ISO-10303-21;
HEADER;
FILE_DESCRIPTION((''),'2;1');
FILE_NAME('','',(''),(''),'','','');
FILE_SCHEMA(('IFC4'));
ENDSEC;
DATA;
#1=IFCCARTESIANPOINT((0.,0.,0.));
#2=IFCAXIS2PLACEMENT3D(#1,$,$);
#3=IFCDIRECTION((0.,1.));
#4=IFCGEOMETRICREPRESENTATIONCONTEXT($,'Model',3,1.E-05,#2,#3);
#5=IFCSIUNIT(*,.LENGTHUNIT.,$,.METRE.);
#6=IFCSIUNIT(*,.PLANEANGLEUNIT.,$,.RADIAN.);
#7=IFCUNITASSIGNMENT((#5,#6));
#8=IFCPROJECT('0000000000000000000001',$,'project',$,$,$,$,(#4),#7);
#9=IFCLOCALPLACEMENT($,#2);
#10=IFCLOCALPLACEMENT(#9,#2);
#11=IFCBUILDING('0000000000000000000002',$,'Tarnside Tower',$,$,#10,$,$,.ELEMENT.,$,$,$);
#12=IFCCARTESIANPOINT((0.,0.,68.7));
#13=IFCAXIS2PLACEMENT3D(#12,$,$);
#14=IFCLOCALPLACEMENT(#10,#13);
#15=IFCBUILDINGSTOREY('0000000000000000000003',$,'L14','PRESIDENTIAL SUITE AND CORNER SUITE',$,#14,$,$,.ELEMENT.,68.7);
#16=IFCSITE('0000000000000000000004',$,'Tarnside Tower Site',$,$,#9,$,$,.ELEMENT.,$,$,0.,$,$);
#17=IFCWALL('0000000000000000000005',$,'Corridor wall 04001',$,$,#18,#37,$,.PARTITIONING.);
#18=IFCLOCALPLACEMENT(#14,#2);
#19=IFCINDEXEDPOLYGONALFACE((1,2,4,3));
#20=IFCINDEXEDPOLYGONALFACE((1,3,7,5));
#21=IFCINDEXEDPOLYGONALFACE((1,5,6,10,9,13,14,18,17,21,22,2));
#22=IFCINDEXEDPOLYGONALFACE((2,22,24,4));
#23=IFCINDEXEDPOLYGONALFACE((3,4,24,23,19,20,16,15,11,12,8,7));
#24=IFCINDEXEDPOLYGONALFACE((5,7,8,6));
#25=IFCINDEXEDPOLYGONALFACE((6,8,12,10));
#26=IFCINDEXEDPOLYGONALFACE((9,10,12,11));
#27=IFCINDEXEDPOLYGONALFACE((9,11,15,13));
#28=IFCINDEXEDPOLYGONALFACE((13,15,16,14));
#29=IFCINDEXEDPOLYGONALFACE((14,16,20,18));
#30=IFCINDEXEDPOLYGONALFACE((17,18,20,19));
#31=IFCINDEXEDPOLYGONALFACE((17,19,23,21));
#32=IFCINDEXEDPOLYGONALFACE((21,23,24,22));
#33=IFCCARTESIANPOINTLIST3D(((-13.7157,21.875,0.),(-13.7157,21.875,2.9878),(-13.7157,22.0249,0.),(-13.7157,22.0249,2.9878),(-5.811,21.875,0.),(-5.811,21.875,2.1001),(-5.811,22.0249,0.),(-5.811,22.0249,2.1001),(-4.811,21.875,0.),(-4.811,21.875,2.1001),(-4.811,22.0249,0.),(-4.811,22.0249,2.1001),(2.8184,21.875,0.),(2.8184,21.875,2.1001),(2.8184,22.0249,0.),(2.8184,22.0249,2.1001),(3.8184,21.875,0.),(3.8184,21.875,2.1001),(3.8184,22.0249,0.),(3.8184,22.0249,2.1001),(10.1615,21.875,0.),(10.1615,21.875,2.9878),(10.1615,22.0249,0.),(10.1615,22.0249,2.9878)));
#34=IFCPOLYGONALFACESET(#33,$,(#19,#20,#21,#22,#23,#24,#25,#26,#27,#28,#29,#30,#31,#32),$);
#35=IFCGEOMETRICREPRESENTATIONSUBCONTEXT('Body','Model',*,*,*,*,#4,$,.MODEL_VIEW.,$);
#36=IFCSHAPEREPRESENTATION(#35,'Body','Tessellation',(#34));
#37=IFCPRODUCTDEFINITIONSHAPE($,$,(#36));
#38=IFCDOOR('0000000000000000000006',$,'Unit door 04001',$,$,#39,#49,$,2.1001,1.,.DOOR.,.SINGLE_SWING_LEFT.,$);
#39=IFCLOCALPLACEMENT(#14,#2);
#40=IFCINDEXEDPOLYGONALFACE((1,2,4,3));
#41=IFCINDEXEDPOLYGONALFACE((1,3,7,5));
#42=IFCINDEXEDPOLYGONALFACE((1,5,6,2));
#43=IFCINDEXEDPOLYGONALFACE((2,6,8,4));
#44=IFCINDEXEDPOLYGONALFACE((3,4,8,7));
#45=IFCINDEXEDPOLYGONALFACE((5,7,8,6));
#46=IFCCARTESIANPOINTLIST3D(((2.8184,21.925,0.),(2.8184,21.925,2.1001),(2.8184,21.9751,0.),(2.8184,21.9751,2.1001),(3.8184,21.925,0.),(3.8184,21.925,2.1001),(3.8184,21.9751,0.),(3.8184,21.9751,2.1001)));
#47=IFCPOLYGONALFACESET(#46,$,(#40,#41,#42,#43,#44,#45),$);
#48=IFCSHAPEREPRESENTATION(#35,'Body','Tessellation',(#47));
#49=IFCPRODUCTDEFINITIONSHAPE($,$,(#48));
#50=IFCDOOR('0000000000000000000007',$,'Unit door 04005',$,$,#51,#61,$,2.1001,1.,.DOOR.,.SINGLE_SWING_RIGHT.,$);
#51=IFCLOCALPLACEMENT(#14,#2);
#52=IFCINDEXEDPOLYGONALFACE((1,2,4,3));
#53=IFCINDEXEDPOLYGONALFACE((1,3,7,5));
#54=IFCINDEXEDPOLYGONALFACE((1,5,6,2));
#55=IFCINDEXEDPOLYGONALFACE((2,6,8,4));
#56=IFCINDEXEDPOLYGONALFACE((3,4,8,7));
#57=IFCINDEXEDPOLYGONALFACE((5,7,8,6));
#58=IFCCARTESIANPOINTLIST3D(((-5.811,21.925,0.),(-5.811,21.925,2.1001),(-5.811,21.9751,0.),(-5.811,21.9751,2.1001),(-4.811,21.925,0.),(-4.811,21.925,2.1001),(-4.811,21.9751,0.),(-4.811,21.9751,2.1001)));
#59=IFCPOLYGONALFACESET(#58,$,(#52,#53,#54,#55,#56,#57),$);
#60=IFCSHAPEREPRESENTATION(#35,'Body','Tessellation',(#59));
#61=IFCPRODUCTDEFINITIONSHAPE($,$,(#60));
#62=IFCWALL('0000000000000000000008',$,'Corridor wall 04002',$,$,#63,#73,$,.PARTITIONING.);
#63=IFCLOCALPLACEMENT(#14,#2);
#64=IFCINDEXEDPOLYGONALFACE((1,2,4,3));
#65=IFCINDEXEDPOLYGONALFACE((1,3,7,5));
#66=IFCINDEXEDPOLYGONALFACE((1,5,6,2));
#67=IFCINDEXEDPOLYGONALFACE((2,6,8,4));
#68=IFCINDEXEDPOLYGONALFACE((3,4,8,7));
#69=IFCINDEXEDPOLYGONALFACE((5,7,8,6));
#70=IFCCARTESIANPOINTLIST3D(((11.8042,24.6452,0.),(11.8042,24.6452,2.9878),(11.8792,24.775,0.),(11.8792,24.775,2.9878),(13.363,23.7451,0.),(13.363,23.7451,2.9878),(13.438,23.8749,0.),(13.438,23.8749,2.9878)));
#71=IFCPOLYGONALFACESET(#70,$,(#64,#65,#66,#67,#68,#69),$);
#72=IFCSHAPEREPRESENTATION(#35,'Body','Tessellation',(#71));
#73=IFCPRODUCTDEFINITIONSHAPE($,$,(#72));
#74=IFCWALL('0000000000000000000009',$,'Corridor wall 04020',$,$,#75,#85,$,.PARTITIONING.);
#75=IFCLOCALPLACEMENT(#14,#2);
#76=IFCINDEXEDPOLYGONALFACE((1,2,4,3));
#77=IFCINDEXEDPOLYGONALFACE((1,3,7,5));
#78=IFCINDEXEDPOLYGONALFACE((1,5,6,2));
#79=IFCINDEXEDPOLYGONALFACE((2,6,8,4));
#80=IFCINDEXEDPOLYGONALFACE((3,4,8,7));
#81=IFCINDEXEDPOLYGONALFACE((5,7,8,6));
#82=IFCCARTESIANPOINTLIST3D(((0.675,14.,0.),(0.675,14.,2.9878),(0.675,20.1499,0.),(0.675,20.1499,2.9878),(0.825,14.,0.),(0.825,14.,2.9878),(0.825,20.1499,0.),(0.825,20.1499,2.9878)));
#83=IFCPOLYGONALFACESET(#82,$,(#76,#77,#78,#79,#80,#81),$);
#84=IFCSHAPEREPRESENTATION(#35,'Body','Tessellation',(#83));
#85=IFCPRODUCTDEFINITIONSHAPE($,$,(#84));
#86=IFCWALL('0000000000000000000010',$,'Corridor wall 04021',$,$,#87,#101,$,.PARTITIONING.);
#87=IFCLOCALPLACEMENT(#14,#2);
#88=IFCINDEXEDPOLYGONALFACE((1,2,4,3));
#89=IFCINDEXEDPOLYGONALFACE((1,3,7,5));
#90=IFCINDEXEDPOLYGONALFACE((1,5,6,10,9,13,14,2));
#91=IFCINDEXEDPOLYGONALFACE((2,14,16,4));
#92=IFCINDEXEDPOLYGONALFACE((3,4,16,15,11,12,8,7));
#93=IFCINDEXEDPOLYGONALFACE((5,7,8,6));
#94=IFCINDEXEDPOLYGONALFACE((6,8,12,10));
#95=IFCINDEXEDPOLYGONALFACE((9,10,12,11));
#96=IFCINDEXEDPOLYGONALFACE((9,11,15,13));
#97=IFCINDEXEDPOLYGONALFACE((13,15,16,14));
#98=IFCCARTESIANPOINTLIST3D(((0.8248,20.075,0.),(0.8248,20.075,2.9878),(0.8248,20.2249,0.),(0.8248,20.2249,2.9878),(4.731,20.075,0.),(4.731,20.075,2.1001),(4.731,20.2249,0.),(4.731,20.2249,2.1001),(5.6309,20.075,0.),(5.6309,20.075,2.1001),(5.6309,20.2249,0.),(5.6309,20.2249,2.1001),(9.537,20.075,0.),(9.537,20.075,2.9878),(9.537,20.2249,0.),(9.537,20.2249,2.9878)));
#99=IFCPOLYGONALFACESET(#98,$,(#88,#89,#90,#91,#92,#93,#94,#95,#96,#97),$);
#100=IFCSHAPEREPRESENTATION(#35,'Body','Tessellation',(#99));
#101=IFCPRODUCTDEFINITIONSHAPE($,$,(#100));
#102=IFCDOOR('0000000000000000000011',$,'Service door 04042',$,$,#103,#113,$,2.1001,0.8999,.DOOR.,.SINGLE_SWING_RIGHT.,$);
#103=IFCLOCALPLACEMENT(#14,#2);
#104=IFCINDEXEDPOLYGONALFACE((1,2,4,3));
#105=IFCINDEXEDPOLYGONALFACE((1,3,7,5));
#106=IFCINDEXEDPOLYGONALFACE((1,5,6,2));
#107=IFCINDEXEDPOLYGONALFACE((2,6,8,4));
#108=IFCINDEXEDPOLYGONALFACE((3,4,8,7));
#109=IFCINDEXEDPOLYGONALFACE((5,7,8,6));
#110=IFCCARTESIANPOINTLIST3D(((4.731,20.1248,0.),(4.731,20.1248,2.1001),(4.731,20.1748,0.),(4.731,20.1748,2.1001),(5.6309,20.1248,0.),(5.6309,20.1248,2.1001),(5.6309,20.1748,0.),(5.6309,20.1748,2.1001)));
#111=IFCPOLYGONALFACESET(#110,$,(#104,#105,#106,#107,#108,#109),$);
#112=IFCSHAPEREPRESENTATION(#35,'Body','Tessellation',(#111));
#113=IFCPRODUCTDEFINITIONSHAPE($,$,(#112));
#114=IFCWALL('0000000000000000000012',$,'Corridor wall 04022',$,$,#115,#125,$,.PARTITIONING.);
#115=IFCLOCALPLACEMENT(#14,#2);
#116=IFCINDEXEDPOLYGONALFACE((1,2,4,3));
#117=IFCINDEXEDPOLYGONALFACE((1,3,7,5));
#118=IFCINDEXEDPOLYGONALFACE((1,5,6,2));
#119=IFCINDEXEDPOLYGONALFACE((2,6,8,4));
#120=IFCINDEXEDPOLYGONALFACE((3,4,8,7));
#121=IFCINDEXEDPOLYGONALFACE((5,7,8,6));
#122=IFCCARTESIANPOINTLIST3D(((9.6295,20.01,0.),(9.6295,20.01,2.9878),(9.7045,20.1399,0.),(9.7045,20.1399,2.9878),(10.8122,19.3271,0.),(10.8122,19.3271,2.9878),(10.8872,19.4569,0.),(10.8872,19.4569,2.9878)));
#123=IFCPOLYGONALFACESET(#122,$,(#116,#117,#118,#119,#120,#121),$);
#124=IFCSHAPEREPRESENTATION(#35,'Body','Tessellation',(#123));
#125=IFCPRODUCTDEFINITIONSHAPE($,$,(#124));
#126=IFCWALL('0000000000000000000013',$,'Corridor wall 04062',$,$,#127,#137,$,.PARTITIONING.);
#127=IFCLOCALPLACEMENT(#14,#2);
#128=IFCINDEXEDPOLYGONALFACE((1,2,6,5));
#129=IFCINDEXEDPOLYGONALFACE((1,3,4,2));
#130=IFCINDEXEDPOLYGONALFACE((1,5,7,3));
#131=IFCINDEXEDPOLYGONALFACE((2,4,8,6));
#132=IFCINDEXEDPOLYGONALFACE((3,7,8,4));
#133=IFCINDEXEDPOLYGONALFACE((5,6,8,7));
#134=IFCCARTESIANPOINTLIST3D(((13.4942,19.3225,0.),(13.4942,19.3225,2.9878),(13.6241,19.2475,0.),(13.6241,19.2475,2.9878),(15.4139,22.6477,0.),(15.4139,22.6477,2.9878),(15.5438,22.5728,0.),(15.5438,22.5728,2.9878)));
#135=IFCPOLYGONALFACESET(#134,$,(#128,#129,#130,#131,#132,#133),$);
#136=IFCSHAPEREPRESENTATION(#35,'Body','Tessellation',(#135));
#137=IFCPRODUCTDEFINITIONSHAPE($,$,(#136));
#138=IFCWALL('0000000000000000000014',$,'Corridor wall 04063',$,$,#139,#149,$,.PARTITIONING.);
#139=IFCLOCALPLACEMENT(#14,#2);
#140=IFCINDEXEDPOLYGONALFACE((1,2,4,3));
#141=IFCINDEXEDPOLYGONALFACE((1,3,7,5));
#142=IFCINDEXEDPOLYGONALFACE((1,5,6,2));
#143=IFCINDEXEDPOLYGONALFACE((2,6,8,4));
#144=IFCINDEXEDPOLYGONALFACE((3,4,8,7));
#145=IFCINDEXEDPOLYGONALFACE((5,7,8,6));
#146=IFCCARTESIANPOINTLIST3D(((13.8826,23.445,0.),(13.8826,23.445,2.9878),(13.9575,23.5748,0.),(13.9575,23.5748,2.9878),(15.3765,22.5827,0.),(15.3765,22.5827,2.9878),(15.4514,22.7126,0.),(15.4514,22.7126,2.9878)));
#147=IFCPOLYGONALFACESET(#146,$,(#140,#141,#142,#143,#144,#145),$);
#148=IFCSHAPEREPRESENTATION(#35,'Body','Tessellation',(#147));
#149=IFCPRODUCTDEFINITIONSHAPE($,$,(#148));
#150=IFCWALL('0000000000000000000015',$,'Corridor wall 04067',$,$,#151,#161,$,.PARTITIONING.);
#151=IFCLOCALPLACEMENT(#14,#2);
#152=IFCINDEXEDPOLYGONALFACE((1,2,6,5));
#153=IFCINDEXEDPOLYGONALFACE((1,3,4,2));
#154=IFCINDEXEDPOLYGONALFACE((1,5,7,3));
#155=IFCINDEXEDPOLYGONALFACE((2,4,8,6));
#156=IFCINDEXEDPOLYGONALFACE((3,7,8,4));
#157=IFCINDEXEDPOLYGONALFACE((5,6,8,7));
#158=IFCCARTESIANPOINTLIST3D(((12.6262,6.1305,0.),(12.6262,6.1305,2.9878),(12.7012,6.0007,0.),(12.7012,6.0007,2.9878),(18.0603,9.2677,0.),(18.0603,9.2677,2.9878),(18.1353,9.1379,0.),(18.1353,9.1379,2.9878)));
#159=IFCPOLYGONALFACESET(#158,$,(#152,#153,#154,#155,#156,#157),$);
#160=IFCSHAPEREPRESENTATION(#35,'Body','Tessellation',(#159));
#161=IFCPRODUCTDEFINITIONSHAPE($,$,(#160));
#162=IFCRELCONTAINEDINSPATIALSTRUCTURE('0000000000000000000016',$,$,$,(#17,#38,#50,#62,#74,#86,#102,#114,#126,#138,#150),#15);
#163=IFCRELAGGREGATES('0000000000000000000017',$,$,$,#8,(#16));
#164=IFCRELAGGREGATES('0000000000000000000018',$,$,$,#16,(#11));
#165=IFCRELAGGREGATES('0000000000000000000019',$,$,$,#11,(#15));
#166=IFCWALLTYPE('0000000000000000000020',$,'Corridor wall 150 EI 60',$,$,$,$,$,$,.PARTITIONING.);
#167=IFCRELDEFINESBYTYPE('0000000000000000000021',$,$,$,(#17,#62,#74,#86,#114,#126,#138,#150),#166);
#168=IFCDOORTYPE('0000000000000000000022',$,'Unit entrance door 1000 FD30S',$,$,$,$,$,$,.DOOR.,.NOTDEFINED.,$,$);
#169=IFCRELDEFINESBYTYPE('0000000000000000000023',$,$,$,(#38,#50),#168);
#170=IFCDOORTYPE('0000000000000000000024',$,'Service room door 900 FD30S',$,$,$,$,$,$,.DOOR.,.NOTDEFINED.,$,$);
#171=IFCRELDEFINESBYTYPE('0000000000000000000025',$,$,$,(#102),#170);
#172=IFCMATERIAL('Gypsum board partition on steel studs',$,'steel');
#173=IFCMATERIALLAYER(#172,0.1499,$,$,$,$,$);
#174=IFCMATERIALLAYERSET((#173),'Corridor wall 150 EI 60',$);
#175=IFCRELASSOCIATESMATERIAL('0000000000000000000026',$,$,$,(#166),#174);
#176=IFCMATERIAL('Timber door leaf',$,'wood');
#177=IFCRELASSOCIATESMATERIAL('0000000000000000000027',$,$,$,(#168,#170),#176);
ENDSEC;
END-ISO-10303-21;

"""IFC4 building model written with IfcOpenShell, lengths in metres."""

from ifc_helpers import new_model, si_unit, direction, frame, frame_2d, origin, place, context, subcontext, project, spatial, rectangle, extrude, material, layer, layer_set, type_object, element, fill, save


model = new_model("IFC4")

# Units and contexts
model_context = context("Model", 3, precision=1e-05, world=origin(), true_north=direction((0.0, 1.0)))
body_context = subcontext(model_context, "Body", "Model", "MODEL_VIEW")
ifc_project = project(units=[si_unit("LENGTHUNIT", "METRE"), si_unit("PLANEANGLEUNIT", "RADIAN")], contexts=[model_context])

# Site, building, storey
site_placement = place(None, origin())
site = spatial("IfcSite", under=ifc_project, at=site_placement, Name="Tarnside Tower Site", CompositionType="ELEMENT", RefElevation=0.0)
building_placement = place(site_placement, origin())
building = spatial("IfcBuilding", under=site, at=building_placement, Name="Tarnside Tower", CompositionType="ELEMENT")
storey_placement = place(building_placement, frame((0.0, 0.0, 68.7)))
storey = spatial("IfcBuildingStorey", under=building, at=storey_placement, Name="L14", Description="PRESIDENTIAL SUITE AND CORNER SUITE", CompositionType="ELEMENT", Elevation=68.7)

# Shared definitions
ifc_material_1 = material(Name="Gypsum board partition on steel studs", Category="steel")
ifc_material_2 = material(Name="Timber door leaf", Category="wood")

# Wall, openings, doors
ifc_layer_1 = layer(ifc_material_1, 0.1499)
ifc_layer_set_1 = layer_set([ifc_layer_1], Name="Corridor wall 150 EI 60")
wall_type_1 = type_object("IfcWallType", Name="Corridor wall 150 EI 60", PredefinedType="PARTITIONING", material=ifc_layer_set_1)
wall_1_placement = place(storey_placement, frame((10.1614, 21.95, 0.0), z_axis=(0.0, 0.0, 1.0), x_axis=(-1.0, 0.0, 0.0)))
wall_1 = element("IfcWall", 1, at=wall_1_placement, inside=storey, type_object=wall_type_1, Name="Corridor wall 04001", PredefinedType="PARTITIONING", context=body_context, shape_type="SweptSolid", body=[
    extrude(rectangle(XDim=23.8772, YDim=0.1499, at=frame_2d((11.9385, 0.0))), origin(), (0.0, 0.0, 1.0), 2.9878),
])
opening_1_placement = place(wall_1_placement, frame((6.343, 0.0, 0.0)))
opening_1 = element("IfcOpeningElement", 2, at=opening_1_placement, cuts=wall_1, PredefinedType="OPENING", context=body_context, shape_type="SweptSolid", body=[
    extrude(rectangle(XDim=1.0, YDim=2.1001, at=frame_2d((0.5, 1.05))), frame((0.0, 0.085, 0.0), z_axis=(0.0, -1.0, 0.0), x_axis=(1.0, 0.0, 0.0)), (0.0, 0.0, 1.0), 0.1699),
])
opening_2_placement = place(wall_1_placement, frame((14.9724, 0.0, 0.0)))
opening_2 = element("IfcOpeningElement", 3, at=opening_2_placement, cuts=wall_1, PredefinedType="OPENING", context=body_context, shape_type="SweptSolid", body=[
    extrude(rectangle(XDim=1.0, YDim=2.1001, at=frame_2d((0.5, 1.05))), frame((0.0, 0.085, 0.0), z_axis=(0.0, -1.0, 0.0), x_axis=(1.0, 0.0, 0.0)), (0.0, 0.0, 1.0), 0.1699),
])
door_type_1 = type_object("IfcDoorType", Name="Unit entrance door 1000 FD30S", OperationType="NOTDEFINED", PredefinedType="DOOR", material=ifc_material_2)
door_1_placement = place(opening_1_placement, origin())
door_1 = element("IfcDoor", 4, at=door_1_placement, inside=storey, type_object=door_type_1, Name="Unit door 04001", OperationType="SINGLE_SWING_LEFT", OverallHeight=2.1001, OverallWidth=1.0, PredefinedType="DOOR", context=body_context, shape_type="SweptSolid", body=[
    extrude(rectangle(XDim=1.0, YDim=2.1001, at=frame_2d((0.5, 1.05))), frame((0.0, 0.0249, 0.0), z_axis=(0.0, -1.0, 0.0), x_axis=(1.0, 0.0, 0.0)), (0.0, 0.0, 1.0), 0.05),
])
fill(opening_1, door_1)
door_2_placement = place(opening_2_placement, origin())
door_2 = element("IfcDoor", 5, at=door_2_placement, inside=storey, type_object=door_type_1, Name="Unit door 04005", OperationType="SINGLE_SWING_RIGHT", OverallHeight=2.1001, OverallWidth=1.0, PredefinedType="DOOR", context=body_context, shape_type="SweptSolid", body=[
    extrude(rectangle(XDim=1.0, YDim=2.1001, at=frame_2d((0.5, 1.05))), frame((0.0, 0.0249, 0.0), z_axis=(0.0, -1.0, 0.0), x_axis=(1.0, 0.0, 0.0)), (0.0, 0.0, 1.0), 0.05),
])
fill(opening_2, door_2)

# Walls
wall_2_placement = place(storey_placement, frame((13.4004, 23.8101, 0.0), z_axis=(0.0, 0.0, 1.0), x_axis=(-0.865989, 0.500063, 0.0)))
element("IfcWall", 6, at=wall_2_placement, inside=storey, type_object=wall_type_1, Name="Corridor wall 04002", PredefinedType="PARTITIONING", context=body_context, shape_type="SweptSolid", body=[
    extrude(rectangle(XDim=1.8, YDim=0.1499, at=frame_2d((0.8999, 0.0))), origin(), (0.0, 0.0, 1.0), 2.9878),
])
wall_3_placement = place(storey_placement, frame((0.75, 14.0, 0.0), z_axis=(0.0, 0.0, 1.0), x_axis=(0.0, 1.0, 0.0)))
element("IfcWall", 7, at=wall_3_placement, inside=storey, type_object=wall_type_1, Name="Corridor wall 04020", PredefinedType="PARTITIONING", context=body_context, shape_type="SweptSolid", body=[
    extrude(rectangle(XDim=6.1499, YDim=0.1499, at=frame_2d((3.075, 0.0))), origin(), (0.0, 0.0, 1.0), 2.9878),
])

# Wall, opening, door
wall_4_placement = place(storey_placement, frame((0.825, 20.1499, 0.0), z_axis=(0.0, 0.0, 1.0), x_axis=(1.0, 0.0, 0.0)))
wall_4 = element("IfcWall", 8, at=wall_4_placement, inside=storey, type_object=wall_type_1, Name="Corridor wall 04021", PredefinedType="PARTITIONING", context=body_context, shape_type="SweptSolid", body=[
    extrude(rectangle(XDim=8.7122, YDim=0.1499, at=frame_2d((4.356, 0.0))), origin(), (0.0, 0.0, 1.0), 2.9878),
])
opening_3_placement = place(wall_4_placement, frame((3.906, 0.0, 0.0)))
opening_3 = element("IfcOpeningElement", 9, at=opening_3_placement, cuts=wall_4, PredefinedType="OPENING", context=body_context, shape_type="SweptSolid", body=[
    extrude(rectangle(XDim=0.8999, YDim=2.1001, at=frame_2d((0.45, 1.05))), frame((0.0, 0.085, 0.0), z_axis=(0.0, -1.0, 0.0), x_axis=(1.0, 0.0, 0.0)), (0.0, 0.0, 1.0), 0.1699),
])
door_type_2 = type_object("IfcDoorType", Name="Service room door 900 FD30S", OperationType="NOTDEFINED", PredefinedType="DOOR", material=ifc_material_2)
door_3_placement = place(opening_3_placement, origin())
door_3 = element("IfcDoor", 10, at=door_3_placement, inside=storey, type_object=door_type_2, Name="Service door 04042", OperationType="SINGLE_SWING_RIGHT", OverallHeight=2.1001, OverallWidth=0.8999, PredefinedType="DOOR", context=body_context, shape_type="SweptSolid", body=[
    extrude(rectangle(XDim=0.8999, YDim=2.1001, at=frame_2d((0.45, 1.05))), frame((0.0, 0.0249, 0.0), z_axis=(0.0, -1.0, 0.0), x_axis=(1.0, 0.0, 0.0)), (0.0, 0.0, 1.0), 0.05),
])
fill(opening_3, door_3)

# Walls
wall_5_placement = place(storey_placement, frame((9.667, 20.075, 0.0), z_axis=(0.0, 0.0, 1.0), x_axis=(0.866001, -0.500042, 0.0)))
element("IfcWall", 11, at=wall_5_placement, inside=storey, type_object=wall_type_1, Name="Corridor wall 04022", PredefinedType="PARTITIONING", context=body_context, shape_type="SweptSolid", body=[
    extrude(rectangle(XDim=1.3657, YDim=0.1499, at=frame_2d((0.6829, 0.0))), origin(), (0.0, 0.0, 1.0), 2.9878),
])
wall_6_placement = place(storey_placement, frame((13.5591, 19.2849, 0.0), z_axis=(0.0, 0.0, 1.0), x_axis=(0.499976, 0.866039, 0.0)))
element("IfcWall", 12, at=wall_6_placement, inside=storey, type_object=wall_type_1, Name="Corridor wall 04062", PredefinedType="PARTITIONING", context=body_context, shape_type="SweptSolid", body=[
    extrude(rectangle(XDim=3.8396, YDim=0.1499, at=frame_2d((1.9199, 0.0))), origin(), (0.0, 0.0, 1.0), 2.9878),
])
wall_7_placement = place(storey_placement, frame((15.4138, 22.6477, 0.0), z_axis=(0.0, 0.0, 1.0), x_axis=(-0.866075, 0.499914, 0.0)))
element("IfcWall", 13, at=wall_7_placement, inside=storey, type_object=wall_type_1, Name="Corridor wall 04063", PredefinedType="PARTITIONING", context=body_context, shape_type="SweptSolid", body=[
    extrude(rectangle(XDim=1.7249, YDim=0.1499, at=frame_2d((0.8623, 0.0))), origin(), (0.0, 0.0, 1.0), 2.9878),
])
wall_8_placement = place(storey_placement, frame((12.6638, 6.0657, 0.0), z_axis=(0.0, 0.0, 1.0), x_axis=(0.866037, 0.499981, 0.0)))
element("IfcWall", 14, at=wall_8_placement, inside=storey, type_object=wall_type_1, Name="Corridor wall 04067", PredefinedType="PARTITIONING", context=body_context, shape_type="SweptSolid", body=[
    extrude(rectangle(XDim=6.2747, YDim=0.1499, at=frame_2d((3.1372, 0.0))), origin(), (0.0, 0.0, 1.0), 2.9878),
])

save(model, "model.ifc")
